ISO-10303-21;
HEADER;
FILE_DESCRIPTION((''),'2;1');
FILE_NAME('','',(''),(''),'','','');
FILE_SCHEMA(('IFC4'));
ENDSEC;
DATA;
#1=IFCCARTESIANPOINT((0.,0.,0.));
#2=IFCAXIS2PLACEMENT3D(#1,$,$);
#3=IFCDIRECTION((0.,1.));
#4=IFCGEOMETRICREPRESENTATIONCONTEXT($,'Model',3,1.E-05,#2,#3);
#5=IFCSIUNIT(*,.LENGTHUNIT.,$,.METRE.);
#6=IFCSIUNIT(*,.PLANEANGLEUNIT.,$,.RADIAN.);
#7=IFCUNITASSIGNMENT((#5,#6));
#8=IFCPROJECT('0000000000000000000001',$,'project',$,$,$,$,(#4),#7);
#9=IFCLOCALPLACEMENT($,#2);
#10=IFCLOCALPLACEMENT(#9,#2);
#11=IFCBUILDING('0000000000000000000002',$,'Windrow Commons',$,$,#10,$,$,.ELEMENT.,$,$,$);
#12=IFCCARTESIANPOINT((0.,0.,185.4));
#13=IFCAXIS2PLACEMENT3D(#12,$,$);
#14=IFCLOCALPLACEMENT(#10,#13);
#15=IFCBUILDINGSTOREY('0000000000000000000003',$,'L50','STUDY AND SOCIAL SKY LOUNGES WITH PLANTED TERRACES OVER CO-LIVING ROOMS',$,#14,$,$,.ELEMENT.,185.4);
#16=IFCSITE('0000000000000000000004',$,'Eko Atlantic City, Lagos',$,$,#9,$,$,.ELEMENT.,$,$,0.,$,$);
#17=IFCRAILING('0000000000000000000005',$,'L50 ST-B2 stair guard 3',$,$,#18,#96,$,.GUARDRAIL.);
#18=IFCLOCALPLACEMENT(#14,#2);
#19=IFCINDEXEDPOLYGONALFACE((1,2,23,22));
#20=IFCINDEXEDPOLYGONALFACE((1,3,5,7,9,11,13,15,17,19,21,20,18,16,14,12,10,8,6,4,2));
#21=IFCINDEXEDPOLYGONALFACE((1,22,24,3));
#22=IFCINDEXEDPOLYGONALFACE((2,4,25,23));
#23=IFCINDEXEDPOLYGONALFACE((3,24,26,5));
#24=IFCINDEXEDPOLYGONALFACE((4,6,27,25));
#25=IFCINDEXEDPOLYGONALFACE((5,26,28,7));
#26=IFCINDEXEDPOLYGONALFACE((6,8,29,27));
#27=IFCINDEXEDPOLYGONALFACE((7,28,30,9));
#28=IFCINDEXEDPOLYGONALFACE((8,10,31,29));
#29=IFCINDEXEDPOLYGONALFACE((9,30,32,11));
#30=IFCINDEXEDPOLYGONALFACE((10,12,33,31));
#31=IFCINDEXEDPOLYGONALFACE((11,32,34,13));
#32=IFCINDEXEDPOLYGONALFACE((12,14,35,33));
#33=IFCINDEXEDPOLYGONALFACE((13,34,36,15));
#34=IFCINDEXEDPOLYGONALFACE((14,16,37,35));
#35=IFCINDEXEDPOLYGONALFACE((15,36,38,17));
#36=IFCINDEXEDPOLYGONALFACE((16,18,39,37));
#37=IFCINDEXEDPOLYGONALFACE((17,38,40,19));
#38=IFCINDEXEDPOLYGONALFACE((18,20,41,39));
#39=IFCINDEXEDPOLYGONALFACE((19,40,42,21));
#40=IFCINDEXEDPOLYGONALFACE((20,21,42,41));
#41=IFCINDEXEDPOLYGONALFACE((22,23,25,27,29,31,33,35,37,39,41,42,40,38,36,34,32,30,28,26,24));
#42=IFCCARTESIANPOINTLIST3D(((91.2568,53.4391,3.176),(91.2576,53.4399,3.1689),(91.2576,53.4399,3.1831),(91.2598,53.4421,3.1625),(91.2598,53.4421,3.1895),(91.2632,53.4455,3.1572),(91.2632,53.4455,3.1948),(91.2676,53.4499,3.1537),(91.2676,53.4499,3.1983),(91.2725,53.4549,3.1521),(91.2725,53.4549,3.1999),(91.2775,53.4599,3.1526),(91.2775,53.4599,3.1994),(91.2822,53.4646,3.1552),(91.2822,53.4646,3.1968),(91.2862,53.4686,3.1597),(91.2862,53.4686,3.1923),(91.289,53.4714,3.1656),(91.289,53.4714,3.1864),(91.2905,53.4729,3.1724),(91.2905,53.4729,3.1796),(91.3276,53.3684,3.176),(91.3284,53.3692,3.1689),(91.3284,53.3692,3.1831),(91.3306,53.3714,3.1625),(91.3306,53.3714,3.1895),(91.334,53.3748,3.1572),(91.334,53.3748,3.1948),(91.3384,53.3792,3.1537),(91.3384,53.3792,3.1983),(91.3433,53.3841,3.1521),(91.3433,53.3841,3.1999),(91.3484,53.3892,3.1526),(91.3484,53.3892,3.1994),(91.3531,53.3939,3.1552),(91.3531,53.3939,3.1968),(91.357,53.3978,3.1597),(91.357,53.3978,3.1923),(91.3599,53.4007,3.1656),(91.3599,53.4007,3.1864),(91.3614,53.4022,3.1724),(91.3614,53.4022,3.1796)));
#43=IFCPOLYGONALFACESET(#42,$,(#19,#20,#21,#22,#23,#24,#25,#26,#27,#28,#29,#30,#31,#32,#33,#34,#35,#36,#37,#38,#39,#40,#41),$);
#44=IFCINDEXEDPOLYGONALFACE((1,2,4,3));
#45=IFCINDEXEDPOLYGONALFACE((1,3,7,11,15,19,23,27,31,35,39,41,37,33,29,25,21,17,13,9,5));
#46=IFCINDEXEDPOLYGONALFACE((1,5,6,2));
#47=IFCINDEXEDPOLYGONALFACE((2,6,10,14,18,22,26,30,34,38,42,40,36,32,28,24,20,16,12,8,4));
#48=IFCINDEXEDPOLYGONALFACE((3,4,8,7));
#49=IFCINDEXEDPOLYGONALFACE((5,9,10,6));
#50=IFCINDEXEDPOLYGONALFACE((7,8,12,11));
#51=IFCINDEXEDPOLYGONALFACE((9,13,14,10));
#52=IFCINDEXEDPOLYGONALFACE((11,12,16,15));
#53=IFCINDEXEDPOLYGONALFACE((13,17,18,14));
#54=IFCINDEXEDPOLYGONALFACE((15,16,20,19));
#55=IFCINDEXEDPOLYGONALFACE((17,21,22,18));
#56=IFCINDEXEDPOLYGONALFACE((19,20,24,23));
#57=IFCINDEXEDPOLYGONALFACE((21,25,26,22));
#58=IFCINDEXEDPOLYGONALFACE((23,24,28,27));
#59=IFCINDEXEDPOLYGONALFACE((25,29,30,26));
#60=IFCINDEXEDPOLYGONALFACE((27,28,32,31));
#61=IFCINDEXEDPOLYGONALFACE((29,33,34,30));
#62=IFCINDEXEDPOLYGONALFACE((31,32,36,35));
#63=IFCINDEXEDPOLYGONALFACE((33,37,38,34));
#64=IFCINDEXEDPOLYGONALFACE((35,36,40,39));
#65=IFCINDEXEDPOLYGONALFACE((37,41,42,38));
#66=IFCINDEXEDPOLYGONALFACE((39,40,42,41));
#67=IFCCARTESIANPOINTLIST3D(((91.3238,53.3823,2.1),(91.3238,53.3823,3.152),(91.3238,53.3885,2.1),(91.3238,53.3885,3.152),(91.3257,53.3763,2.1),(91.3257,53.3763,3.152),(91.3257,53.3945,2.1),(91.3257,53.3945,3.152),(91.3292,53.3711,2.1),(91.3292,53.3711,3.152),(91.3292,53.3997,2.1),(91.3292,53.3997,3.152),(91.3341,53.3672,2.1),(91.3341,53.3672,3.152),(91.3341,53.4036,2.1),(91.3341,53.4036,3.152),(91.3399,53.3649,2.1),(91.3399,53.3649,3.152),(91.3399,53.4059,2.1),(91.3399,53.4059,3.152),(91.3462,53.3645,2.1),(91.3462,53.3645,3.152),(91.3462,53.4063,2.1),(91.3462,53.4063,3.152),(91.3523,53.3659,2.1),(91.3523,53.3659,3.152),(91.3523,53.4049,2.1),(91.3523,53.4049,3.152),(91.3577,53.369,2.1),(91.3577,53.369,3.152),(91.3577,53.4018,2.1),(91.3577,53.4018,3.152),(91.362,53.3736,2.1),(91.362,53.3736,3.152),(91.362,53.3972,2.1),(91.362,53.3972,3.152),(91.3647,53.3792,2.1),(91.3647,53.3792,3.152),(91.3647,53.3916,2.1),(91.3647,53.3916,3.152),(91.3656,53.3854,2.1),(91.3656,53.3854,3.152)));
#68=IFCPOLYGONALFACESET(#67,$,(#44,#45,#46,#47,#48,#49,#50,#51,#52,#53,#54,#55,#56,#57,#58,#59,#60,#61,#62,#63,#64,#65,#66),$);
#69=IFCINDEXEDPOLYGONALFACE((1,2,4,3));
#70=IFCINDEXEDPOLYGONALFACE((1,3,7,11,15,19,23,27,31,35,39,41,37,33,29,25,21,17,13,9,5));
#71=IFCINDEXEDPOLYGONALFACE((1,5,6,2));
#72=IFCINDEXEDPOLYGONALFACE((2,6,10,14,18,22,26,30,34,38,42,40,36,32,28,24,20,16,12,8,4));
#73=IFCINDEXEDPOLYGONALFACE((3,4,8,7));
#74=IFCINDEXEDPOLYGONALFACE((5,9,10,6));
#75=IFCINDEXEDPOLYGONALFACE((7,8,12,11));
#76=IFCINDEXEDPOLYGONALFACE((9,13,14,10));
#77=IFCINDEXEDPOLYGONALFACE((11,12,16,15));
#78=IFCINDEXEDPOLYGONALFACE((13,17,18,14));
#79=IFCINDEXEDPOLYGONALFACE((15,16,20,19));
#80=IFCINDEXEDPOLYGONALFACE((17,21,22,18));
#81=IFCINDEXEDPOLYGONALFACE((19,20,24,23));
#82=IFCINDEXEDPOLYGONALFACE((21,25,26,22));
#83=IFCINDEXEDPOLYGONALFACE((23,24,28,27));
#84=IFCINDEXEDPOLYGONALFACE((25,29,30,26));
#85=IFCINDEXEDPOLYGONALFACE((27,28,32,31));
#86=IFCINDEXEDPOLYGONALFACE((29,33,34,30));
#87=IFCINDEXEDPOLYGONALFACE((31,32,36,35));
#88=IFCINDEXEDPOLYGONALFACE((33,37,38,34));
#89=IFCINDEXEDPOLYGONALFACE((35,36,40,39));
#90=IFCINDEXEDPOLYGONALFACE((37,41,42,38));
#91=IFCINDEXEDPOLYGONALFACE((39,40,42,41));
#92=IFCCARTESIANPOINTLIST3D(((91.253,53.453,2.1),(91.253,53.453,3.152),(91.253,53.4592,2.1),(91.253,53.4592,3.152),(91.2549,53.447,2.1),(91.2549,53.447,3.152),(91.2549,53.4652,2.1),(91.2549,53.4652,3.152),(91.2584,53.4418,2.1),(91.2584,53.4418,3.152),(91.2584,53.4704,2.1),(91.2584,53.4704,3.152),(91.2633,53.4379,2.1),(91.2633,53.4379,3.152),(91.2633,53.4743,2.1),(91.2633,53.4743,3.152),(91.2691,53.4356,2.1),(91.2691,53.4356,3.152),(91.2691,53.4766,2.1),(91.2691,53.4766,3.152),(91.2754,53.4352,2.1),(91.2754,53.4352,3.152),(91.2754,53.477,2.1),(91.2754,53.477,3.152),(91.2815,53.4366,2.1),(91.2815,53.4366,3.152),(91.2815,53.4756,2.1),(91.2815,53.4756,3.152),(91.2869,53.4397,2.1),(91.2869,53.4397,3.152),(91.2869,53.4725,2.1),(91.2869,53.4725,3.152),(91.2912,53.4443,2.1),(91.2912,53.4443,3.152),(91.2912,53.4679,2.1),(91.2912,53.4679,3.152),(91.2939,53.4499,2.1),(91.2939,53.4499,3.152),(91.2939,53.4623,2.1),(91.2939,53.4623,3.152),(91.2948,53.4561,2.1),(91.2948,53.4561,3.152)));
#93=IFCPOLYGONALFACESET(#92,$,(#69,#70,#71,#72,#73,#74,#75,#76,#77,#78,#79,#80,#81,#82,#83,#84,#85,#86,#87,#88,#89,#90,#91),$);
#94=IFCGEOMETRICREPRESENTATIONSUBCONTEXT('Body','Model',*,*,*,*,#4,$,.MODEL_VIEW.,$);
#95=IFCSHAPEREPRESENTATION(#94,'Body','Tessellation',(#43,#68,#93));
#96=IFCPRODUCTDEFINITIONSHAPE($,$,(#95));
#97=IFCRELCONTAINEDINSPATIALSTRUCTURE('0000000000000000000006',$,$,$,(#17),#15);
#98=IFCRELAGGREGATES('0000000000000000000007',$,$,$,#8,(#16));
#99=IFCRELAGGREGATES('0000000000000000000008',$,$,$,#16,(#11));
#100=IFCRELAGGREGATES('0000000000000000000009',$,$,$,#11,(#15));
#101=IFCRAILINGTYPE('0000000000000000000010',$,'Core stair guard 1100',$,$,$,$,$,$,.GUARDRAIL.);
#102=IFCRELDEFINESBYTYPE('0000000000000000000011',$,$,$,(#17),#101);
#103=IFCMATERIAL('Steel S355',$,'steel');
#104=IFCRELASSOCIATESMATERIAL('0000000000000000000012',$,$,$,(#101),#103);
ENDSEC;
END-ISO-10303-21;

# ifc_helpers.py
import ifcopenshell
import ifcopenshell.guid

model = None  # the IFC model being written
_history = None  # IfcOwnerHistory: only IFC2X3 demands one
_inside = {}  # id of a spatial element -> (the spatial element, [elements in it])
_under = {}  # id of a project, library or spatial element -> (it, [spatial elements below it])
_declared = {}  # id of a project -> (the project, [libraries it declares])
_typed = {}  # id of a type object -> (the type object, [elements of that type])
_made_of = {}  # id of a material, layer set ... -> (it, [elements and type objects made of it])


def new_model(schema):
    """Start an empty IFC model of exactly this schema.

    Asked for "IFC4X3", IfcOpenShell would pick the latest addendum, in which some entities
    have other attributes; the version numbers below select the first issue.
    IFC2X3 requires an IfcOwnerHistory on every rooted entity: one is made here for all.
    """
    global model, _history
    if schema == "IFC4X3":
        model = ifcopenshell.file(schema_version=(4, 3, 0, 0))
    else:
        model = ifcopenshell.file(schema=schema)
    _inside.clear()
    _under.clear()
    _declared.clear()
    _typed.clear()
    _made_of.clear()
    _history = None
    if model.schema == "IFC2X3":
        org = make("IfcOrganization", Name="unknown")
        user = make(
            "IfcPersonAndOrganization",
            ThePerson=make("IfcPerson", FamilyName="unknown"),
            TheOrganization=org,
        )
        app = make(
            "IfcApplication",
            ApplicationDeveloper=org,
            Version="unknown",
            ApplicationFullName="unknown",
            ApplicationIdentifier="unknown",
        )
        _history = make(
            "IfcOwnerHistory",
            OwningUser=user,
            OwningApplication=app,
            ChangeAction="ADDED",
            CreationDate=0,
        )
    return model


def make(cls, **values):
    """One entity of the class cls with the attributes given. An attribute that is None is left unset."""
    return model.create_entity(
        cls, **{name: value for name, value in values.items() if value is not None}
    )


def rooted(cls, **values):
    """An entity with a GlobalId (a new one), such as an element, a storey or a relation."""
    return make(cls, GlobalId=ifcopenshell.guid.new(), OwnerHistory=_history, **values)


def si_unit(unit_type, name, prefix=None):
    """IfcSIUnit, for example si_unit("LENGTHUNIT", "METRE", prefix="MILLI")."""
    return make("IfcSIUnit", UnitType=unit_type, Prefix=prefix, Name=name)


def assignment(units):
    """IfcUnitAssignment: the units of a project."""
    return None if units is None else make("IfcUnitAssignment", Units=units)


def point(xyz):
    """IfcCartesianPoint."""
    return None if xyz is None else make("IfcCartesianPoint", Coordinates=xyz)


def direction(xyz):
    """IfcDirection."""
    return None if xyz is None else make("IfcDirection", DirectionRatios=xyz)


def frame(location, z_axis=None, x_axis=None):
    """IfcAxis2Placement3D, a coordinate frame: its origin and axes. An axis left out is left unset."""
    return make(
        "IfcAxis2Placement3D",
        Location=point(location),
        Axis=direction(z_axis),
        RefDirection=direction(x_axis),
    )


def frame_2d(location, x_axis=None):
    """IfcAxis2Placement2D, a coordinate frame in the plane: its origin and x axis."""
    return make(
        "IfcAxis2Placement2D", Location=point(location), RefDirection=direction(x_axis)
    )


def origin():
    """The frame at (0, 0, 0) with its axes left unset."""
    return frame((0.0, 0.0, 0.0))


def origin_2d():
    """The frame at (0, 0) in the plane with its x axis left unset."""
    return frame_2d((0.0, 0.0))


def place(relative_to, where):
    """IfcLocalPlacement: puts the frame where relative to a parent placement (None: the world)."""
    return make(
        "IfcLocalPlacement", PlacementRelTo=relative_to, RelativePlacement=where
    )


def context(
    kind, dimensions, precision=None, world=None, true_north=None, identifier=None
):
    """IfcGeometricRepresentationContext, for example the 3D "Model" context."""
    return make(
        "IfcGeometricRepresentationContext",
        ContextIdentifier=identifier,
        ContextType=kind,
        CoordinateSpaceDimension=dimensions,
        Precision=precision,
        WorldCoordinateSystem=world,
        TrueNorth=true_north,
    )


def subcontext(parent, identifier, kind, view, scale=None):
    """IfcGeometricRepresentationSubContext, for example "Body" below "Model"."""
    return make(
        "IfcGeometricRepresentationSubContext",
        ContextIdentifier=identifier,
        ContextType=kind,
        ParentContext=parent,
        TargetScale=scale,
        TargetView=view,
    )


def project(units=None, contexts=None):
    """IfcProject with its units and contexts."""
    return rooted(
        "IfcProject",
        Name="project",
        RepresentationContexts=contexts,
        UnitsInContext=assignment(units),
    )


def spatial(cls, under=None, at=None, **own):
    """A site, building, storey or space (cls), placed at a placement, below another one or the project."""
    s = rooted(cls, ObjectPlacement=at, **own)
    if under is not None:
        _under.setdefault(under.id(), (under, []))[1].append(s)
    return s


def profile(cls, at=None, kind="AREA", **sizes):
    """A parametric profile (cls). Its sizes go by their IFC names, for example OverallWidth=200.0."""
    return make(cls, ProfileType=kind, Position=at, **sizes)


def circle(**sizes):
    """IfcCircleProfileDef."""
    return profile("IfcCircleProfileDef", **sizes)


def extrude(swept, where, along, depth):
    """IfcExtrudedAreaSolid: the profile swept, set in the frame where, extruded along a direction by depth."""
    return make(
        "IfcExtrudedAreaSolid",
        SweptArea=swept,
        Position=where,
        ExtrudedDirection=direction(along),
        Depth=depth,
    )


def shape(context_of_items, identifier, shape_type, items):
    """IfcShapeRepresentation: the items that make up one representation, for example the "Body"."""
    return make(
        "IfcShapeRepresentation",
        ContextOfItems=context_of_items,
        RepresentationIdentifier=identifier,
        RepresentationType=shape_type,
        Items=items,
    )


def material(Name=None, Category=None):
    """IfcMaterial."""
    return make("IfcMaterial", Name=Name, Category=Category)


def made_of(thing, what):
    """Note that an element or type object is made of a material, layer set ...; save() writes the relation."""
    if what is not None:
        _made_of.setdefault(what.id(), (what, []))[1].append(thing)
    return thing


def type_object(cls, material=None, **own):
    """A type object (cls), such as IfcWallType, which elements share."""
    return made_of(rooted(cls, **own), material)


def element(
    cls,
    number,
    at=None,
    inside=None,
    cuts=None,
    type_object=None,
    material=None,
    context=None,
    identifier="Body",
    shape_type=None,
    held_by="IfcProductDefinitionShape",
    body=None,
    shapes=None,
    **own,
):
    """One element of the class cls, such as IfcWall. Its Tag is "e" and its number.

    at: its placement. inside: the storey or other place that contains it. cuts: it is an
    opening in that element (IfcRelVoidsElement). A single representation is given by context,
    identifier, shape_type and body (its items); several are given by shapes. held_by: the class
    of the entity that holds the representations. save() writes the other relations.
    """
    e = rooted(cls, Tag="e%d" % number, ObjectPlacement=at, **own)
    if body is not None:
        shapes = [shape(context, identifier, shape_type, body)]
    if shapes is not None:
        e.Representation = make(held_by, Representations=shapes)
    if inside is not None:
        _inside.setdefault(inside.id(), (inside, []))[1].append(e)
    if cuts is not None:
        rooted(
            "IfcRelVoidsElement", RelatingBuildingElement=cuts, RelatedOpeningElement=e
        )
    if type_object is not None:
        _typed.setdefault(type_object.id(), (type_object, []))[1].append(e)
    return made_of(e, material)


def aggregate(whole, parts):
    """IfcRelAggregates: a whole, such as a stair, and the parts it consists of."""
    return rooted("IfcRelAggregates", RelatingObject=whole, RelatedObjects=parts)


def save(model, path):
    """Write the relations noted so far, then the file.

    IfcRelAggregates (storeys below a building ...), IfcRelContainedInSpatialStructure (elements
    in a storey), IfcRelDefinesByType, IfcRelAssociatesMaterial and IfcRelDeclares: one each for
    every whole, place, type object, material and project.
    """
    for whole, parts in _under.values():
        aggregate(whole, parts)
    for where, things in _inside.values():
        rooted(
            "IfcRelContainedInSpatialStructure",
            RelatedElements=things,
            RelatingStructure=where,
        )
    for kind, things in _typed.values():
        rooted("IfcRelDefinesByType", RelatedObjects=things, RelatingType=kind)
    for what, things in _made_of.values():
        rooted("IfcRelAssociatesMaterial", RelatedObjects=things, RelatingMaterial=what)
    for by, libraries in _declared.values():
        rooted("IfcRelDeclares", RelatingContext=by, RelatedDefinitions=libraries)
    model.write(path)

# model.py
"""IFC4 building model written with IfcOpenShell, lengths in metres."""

from ifc_helpers import new_model, si_unit, direction, frame, origin, origin_2d, place, context, subcontext, project, spatial, circle, extrude, material, type_object, element, save


model = new_model("IFC4")

# Units and contexts
model_context = context("Model", 3, precision=1e-05, world=origin(), true_north=direction((0.0, 1.0)))
body_context = subcontext(model_context, "Body", "Model", "MODEL_VIEW")
ifc_project = project(units=[si_unit("LENGTHUNIT", "METRE"), si_unit("PLANEANGLEUNIT", "RADIAN")], contexts=[model_context])

# Site, building, storey
site_placement = place(None, origin())
site = spatial("IfcSite", under=ifc_project, at=site_placement, Name="Eko Atlantic City, Lagos", CompositionType="ELEMENT", RefElevation=0.0)
building_placement = place(site_placement, origin())
building = spatial("IfcBuilding", under=site, at=building_placement, Name="Windrow Commons", CompositionType="ELEMENT")
storey_placement = place(building_placement, frame((0.0, 0.0, 185.4)))
storey = spatial("IfcBuildingStorey", under=building, at=storey_placement, Name="L50", Description="STUDY AND SOCIAL SKY LOUNGES WITH PLANTED TERRACES OVER CO-LIVING ROOMS", CompositionType="ELEMENT", Elevation=185.4)

# Railing
ifc_material_1 = material(Name="Steel S355", Category="steel")
railing_type_1 = type_object("IfcRailingType", Name="Core stair guard 1100", PredefinedType="GUARDRAIL", material=ifc_material_1)
railing_1_placement = place(storey_placement, frame((91.3446, 53.3854, 2.1)))
element("IfcRailing", 1, at=railing_1_placement, inside=storey, type_object=railing_type_1, Name="L50 ST-B2 stair guard 3", PredefinedType="GUARDRAIL", context=body_context, shape_type="SweptSolid", body=[
    extrude(circle(Radius=0.024, at=origin_2d()), frame((0.0, 0.0, 1.076), z_axis=(-0.707606, 0.706607, 0.0), x_axis=(-0.706607, -0.707606, 0.0)), (0.0, 0.0, 1.0), 0.1001),
    extrude(circle(Radius=0.021, at=origin_2d()), origin(), (0.0, 0.0, 1.0), 1.052),
    extrude(circle(Radius=0.021, at=origin_2d()), frame((-0.0708, 0.0707, 0.0)), (0.0, 0.0, 1.0), 1.052),
])

save(model, "model.ifc")
